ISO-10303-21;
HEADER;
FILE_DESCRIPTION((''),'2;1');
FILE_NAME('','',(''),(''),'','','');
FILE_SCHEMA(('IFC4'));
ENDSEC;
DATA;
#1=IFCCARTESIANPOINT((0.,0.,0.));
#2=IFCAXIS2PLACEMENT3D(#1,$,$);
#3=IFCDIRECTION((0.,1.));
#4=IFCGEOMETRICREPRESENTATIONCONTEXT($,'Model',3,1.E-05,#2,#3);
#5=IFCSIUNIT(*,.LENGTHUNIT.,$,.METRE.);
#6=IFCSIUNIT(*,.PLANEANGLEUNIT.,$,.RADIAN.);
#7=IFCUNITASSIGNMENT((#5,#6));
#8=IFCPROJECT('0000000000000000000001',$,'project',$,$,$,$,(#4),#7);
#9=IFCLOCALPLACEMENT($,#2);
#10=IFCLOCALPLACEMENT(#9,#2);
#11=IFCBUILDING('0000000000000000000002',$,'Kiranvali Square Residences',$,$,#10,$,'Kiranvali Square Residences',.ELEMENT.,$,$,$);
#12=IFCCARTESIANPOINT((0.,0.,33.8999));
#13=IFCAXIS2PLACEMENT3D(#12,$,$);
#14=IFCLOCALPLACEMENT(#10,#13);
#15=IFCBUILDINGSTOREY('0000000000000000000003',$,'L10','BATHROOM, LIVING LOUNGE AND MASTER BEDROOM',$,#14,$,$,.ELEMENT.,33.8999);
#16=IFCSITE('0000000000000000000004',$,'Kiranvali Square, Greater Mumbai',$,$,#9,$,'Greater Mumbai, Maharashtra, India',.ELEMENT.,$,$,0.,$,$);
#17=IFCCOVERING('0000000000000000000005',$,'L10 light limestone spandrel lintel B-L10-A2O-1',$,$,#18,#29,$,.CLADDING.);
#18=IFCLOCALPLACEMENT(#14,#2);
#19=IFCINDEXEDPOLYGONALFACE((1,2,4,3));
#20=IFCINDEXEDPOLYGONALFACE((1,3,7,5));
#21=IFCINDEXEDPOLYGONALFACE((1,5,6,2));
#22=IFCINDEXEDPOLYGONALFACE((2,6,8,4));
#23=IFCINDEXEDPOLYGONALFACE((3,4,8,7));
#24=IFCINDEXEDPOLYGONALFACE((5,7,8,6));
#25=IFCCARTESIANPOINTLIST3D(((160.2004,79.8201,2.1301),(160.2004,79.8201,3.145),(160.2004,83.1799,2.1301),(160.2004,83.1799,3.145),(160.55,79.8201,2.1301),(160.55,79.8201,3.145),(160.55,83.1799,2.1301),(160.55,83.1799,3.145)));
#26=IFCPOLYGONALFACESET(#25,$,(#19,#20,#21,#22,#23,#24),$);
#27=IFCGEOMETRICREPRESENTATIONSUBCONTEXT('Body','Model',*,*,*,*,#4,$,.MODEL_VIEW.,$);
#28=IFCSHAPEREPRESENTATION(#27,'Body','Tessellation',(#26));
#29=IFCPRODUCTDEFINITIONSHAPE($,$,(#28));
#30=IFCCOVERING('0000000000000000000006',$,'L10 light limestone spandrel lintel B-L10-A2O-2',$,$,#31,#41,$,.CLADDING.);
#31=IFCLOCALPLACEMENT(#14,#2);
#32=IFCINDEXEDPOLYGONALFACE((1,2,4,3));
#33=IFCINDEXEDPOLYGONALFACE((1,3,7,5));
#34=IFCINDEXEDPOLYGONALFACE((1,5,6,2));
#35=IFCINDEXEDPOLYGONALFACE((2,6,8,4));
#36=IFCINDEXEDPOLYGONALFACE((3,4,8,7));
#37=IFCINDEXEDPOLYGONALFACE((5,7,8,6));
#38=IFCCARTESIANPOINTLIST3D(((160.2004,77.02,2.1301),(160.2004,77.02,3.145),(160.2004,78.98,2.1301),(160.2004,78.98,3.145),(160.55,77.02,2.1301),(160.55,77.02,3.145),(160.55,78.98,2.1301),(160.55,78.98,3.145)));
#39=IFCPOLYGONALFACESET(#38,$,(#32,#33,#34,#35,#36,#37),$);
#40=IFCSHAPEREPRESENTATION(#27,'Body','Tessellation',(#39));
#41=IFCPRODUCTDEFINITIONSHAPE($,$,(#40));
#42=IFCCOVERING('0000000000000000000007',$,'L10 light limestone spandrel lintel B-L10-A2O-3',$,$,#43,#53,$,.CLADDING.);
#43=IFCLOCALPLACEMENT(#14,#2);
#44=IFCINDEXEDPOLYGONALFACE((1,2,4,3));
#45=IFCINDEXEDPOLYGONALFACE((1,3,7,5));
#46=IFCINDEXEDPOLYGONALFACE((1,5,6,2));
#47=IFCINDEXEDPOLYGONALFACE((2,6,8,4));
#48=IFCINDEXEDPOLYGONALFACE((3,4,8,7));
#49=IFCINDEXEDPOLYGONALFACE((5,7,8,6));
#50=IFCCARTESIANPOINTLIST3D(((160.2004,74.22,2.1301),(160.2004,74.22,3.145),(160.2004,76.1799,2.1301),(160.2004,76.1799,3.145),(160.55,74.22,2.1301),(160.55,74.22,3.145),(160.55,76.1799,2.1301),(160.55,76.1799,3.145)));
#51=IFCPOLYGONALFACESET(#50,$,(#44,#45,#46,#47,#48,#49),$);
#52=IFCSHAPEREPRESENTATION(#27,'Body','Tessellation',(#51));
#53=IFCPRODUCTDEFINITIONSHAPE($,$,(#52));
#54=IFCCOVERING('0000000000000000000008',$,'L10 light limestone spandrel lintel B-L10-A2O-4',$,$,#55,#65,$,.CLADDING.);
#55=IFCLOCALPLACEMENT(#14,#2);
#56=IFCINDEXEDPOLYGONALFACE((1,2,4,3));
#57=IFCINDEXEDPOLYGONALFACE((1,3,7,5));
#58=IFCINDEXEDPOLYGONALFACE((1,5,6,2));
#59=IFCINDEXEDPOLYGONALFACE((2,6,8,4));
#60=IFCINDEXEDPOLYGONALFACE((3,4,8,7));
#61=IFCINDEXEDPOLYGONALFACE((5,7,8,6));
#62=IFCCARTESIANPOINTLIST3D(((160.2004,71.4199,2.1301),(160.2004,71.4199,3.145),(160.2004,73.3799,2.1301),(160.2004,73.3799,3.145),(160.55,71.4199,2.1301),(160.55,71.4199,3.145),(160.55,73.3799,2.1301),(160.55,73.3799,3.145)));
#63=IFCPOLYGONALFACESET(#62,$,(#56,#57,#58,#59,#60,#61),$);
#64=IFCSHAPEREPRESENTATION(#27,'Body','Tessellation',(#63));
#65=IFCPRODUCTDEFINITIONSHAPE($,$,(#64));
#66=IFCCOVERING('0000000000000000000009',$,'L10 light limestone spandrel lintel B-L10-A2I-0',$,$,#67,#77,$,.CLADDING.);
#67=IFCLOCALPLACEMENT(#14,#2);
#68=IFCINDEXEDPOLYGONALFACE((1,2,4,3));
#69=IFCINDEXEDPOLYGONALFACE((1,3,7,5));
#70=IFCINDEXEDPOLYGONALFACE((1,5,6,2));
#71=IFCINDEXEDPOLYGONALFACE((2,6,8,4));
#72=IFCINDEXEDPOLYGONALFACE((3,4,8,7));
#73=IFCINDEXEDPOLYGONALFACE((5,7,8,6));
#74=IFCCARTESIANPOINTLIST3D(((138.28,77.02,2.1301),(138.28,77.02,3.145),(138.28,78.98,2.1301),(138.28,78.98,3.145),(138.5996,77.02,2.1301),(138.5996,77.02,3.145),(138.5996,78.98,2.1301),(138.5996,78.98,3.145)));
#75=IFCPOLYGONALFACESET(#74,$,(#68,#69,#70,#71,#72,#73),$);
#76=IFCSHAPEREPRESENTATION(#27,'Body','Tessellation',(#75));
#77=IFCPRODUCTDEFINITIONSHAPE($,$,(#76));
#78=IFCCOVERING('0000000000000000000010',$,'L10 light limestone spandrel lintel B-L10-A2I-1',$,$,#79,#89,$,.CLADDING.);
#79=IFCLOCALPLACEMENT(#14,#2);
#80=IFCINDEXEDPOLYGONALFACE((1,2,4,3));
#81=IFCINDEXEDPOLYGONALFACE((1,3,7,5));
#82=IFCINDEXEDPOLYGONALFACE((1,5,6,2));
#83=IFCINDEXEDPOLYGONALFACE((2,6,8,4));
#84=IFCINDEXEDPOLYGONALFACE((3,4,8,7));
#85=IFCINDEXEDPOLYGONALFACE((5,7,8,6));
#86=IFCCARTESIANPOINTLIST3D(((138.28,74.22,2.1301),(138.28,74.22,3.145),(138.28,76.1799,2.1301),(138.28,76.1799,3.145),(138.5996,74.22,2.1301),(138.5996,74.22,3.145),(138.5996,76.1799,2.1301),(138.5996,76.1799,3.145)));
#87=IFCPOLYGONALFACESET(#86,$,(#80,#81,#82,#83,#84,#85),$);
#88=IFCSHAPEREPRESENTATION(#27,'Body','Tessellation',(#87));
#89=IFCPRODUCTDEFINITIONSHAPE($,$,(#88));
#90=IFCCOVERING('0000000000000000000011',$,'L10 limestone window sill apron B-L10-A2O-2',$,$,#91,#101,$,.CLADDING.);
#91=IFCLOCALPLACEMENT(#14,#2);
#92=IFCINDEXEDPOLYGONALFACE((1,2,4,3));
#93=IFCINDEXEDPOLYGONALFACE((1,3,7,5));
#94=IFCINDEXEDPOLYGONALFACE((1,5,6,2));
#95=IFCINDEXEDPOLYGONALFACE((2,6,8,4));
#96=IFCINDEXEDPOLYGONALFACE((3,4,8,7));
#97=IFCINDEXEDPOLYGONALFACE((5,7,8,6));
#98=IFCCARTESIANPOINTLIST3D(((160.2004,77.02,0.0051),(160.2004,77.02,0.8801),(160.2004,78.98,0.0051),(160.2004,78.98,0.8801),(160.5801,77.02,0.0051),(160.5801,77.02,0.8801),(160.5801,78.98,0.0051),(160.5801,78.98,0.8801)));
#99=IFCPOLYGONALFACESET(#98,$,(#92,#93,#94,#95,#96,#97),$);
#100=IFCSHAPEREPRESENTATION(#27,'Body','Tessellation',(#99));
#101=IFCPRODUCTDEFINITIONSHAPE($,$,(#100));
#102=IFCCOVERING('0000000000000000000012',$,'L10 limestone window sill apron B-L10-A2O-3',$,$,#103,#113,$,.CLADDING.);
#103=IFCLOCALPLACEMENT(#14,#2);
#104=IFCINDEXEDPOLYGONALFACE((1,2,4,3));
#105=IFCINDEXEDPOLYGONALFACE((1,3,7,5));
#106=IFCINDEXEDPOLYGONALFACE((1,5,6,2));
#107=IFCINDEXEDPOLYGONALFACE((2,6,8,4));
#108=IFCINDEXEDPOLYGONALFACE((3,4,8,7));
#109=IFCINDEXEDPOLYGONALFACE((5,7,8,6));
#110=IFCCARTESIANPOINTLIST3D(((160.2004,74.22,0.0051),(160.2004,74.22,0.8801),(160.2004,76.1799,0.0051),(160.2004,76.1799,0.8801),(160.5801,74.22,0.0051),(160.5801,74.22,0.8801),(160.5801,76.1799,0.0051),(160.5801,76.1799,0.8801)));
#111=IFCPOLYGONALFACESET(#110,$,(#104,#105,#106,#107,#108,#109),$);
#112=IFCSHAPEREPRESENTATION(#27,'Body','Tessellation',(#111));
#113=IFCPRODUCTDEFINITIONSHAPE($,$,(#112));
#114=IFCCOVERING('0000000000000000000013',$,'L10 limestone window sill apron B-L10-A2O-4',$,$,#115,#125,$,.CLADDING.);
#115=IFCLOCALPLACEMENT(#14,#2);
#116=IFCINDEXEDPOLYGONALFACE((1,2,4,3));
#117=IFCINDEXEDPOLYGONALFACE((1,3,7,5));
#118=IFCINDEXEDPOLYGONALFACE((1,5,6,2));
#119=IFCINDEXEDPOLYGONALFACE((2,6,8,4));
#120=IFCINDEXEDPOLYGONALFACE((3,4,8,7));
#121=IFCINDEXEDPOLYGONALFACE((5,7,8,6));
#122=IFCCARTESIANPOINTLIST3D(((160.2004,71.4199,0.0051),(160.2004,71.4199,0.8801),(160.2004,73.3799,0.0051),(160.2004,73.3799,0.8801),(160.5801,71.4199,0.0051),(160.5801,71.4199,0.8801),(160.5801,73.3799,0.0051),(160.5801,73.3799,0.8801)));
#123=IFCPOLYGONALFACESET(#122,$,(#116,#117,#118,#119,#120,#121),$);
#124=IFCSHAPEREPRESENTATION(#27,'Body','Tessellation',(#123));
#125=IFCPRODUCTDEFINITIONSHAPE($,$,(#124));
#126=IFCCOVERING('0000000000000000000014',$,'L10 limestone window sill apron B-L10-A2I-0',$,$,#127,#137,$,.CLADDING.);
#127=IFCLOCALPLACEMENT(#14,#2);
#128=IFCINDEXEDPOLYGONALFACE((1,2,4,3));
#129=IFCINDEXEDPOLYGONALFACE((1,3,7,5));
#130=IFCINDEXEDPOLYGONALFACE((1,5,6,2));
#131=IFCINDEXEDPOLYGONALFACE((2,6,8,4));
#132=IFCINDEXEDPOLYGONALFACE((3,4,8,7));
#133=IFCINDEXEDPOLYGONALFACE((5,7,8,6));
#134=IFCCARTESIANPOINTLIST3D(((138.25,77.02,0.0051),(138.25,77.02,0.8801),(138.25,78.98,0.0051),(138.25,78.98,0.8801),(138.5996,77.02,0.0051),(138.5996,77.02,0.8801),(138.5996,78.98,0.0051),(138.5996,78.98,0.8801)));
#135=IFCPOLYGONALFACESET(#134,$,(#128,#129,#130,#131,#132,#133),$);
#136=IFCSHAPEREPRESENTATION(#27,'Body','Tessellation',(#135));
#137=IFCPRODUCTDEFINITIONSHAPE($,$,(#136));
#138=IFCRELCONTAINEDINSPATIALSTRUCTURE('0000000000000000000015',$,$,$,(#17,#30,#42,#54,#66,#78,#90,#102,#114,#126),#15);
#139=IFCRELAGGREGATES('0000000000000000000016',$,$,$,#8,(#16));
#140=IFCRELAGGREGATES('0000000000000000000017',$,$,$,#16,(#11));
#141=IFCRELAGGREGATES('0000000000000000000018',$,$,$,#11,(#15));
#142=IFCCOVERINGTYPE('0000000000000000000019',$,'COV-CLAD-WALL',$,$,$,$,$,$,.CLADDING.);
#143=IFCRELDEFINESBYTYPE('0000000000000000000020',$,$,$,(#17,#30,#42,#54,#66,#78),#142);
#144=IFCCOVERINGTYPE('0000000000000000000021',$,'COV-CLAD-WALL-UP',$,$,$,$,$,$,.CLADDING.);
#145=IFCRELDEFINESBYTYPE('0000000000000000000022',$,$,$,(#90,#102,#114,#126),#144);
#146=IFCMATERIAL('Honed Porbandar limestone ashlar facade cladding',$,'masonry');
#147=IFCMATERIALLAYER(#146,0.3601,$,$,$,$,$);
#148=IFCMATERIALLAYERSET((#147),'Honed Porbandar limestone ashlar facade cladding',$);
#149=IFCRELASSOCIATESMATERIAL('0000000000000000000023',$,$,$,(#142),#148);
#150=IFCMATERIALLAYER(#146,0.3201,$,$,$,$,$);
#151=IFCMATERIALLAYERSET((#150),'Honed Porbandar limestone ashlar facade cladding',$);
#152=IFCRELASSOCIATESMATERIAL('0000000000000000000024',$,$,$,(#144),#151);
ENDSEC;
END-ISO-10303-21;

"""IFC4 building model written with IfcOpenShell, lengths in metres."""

from ifc_helpers import new_model, si_unit, direction, frame, origin, place, context, subcontext, project, spatial, polyline, outline, extrude, material, layer, layer_set, type_object, element, save


model = new_model("IFC4")

# Units and contexts
model_context = context("Model", 3, precision=1e-05, world=origin(), true_north=direction((0.0, 1.0)))
body_context = subcontext(model_context, "Body", "Model", "MODEL_VIEW")
ifc_project = project(units=[si_unit("LENGTHUNIT", "METRE"), si_unit("PLANEANGLEUNIT", "RADIAN")], contexts=[model_context])

# Site, building, storey
site_placement = place(None, origin())
site = spatial("IfcSite", under=ifc_project, at=site_placement, Name="Kiranvali Square, Greater Mumbai", LongName="Greater Mumbai, Maharashtra, India", CompositionType="ELEMENT", RefElevation=0.0)
building_placement = place(site_placement, origin())
building = spatial("IfcBuilding", under=site, at=building_placement, Name="Kiranvali Square Residences", LongName="Kiranvali Square Residences", CompositionType="ELEMENT")
storey_placement = place(building_placement, frame((0.0, 0.0, 33.8999)))
storey = spatial("IfcBuildingStorey", under=building, at=storey_placement, Name="L10", Description="BATHROOM, LIVING LOUNGE AND MASTER BEDROOM", CompositionType="ELEMENT", Elevation=33.8999)

# Coverings
ifc_material = material(Name="Honed Porbandar limestone ashlar facade cladding", Category="masonry")
ifc_layer_1 = layer(ifc_material, 0.3601)
ifc_layer_set_1 = layer_set([ifc_layer_1], Name="Honed Porbandar limestone ashlar facade cladding")
covering_type_1 = type_object("IfcCoveringType", Name="COV-CLAD-WALL", PredefinedType="CLADDING", material=ifc_layer_set_1)
covering_1_placement = place(storey_placement, frame((0.0, 0.0, 2.1301)))
element("IfcCovering", 1, at=covering_1_placement, inside=storey, type_object=covering_type_1, Name="L10 light limestone spandrel lintel B-L10-A2O-1", PredefinedType="CLADDING", context=body_context, shape_type="SweptSolid", body=[
    extrude(outline(polyline([(160.2004, 83.1799), (160.2004, 79.8201), (160.55, 79.8201), (160.55, 83.1799), (160.2004, 83.1799)])), origin(), (0.0, 0.0, 1.0), 1.0149),
])
covering_2_placement = place(storey_placement, frame((0.0, 0.0, 2.1301)))
element("IfcCovering", 2, at=covering_2_placement, inside=storey, type_object=covering_type_1, Name="L10 light limestone spandrel lintel B-L10-A2O-2", PredefinedType="CLADDING", context=body_context, shape_type="SweptSolid", body=[
    extrude(outline(polyline([(160.2004, 78.98), (160.2004, 77.02), (160.55, 77.02), (160.55, 78.98), (160.2004, 78.98)])), origin(), (0.0, 0.0, 1.0), 1.0149),
])
covering_3_placement = place(storey_placement, frame((0.0, 0.0, 2.1301)))
element("IfcCovering", 3, at=covering_3_placement, inside=storey, type_object=covering_type_1, Name="L10 light limestone spandrel lintel B-L10-A2O-3", PredefinedType="CLADDING", context=body_context, shape_type="SweptSolid", body=[
    extrude(outline(polyline([(160.2004, 76.1799), (160.2004, 74.22), (160.55, 74.22), (160.55, 76.1799), (160.2004, 76.1799)])), origin(), (0.0, 0.0, 1.0), 1.0149),
])
covering_4_placement = place(storey_placement, frame((0.0, 0.0, 2.1301)))
element("IfcCovering", 4, at=covering_4_placement, inside=storey, type_object=covering_type_1, Name="L10 light limestone spandrel lintel B-L10-A2O-4", PredefinedType="CLADDING", context=body_context, shape_type="SweptSolid", body=[
    extrude(outline(polyline([(160.2004, 73.3799), (160.2004, 71.4199), (160.55, 71.4199), (160.55, 73.3799), (160.2004, 73.3799)])), origin(), (0.0, 0.0, 1.0), 1.0149),
])
covering_5_placement = place(storey_placement, frame((0.0, 0.0, 2.1301)))
element("IfcCovering", 5, at=covering_5_placement, inside=storey, type_object=covering_type_1, Name="L10 light limestone spandrel lintel B-L10-A2I-0", PredefinedType="CLADDING", context=body_context, shape_type="SweptSolid", body=[
    extrude(outline(polyline([(138.28, 78.98), (138.28, 77.02), (138.5996, 77.02), (138.5996, 78.98), (138.28, 78.98)])), origin(), (0.0, 0.0, 1.0), 1.0149),
])
covering_6_placement = place(storey_placement, frame((0.0, 0.0, 2.1301)))
element("IfcCovering", 6, at=covering_6_placement, inside=storey, type_object=covering_type_1, Name="L10 light limestone spandrel lintel B-L10-A2I-1", PredefinedType="CLADDING", context=body_context, shape_type="SweptSolid", body=[
    extrude(outline(polyline([(138.28, 76.1799), (138.28, 74.22), (138.5996, 74.22), (138.5996, 76.1799), (138.28, 76.1799)])), origin(), (0.0, 0.0, 1.0), 1.0149),
])
ifc_layer_2 = layer(ifc_material, 0.3201)
ifc_layer_set_2 = layer_set([ifc_layer_2], Name="Honed Porbandar limestone ashlar facade cladding")
covering_type_2 = type_object("IfcCoveringType", Name="COV-CLAD-WALL-UP", PredefinedType="CLADDING", material=ifc_layer_set_2)
covering_7_placement = place(storey_placement, frame((0.0, 0.0, 0.0051)))
element("IfcCovering", 7, at=covering_7_placement, inside=storey, type_object=covering_type_2, Name="L10 limestone window sill apron B-L10-A2O-2", PredefinedType="CLADDING", context=body_context, shape_type="SweptSolid", body=[
    extrude(outline(polyline([(160.2004, 78.98), (160.2004, 77.02), (160.5801, 77.02), (160.5801, 78.98), (160.2004, 78.98)])), origin(), (0.0, 0.0, 1.0), 0.875),
])
covering_8_placement = place(storey_placement, frame((0.0, 0.0, 0.0051)))
element("IfcCovering", 8, at=covering_8_placement, inside=storey, type_object=covering_type_2, Name="L10 limestone window sill apron B-L10-A2O-3", PredefinedType="CLADDING", context=body_context, shape_type="SweptSolid", body=[
    extrude(outline(polyline([(160.2004, 76.1799), (160.2004, 74.22), (160.5801, 74.22), (160.5801, 76.1799), (160.2004, 76.1799)])), origin(), (0.0, 0.0, 1.0), 0.875),
])
covering_9_placement = place(storey_placement, frame((0.0, 0.0, 0.0051)))
element("IfcCovering", 9, at=covering_9_placement, inside=storey, type_object=covering_type_2, Name="L10 limestone window sill apron B-L10-A2O-4", PredefinedType="CLADDING", context=body_context, shape_type="SweptSolid", body=[
    extrude(outline(polyline([(160.2004, 73.3799), (160.2004, 71.4199), (160.5801, 71.4199), (160.5801, 73.3799), (160.2004, 73.3799)])), origin(), (0.0, 0.0, 1.0), 0.875),
])
covering_10_placement = place(storey_placement, frame((0.0, 0.0, 0.0051)))
element("IfcCovering", 10, at=covering_10_placement, inside=storey, type_object=covering_type_2, Name="L10 limestone window sill apron B-L10-A2I-0", PredefinedType="CLADDING", context=body_context, shape_type="SweptSolid", body=[
    extrude(outline(polyline([(138.25, 78.98), (138.25, 77.02), (138.5996, 77.02), (138.5996, 78.98), (138.25, 78.98)])), origin(), (0.0, 0.0, 1.0), 0.875),
])

save(model, "model.ifc")
